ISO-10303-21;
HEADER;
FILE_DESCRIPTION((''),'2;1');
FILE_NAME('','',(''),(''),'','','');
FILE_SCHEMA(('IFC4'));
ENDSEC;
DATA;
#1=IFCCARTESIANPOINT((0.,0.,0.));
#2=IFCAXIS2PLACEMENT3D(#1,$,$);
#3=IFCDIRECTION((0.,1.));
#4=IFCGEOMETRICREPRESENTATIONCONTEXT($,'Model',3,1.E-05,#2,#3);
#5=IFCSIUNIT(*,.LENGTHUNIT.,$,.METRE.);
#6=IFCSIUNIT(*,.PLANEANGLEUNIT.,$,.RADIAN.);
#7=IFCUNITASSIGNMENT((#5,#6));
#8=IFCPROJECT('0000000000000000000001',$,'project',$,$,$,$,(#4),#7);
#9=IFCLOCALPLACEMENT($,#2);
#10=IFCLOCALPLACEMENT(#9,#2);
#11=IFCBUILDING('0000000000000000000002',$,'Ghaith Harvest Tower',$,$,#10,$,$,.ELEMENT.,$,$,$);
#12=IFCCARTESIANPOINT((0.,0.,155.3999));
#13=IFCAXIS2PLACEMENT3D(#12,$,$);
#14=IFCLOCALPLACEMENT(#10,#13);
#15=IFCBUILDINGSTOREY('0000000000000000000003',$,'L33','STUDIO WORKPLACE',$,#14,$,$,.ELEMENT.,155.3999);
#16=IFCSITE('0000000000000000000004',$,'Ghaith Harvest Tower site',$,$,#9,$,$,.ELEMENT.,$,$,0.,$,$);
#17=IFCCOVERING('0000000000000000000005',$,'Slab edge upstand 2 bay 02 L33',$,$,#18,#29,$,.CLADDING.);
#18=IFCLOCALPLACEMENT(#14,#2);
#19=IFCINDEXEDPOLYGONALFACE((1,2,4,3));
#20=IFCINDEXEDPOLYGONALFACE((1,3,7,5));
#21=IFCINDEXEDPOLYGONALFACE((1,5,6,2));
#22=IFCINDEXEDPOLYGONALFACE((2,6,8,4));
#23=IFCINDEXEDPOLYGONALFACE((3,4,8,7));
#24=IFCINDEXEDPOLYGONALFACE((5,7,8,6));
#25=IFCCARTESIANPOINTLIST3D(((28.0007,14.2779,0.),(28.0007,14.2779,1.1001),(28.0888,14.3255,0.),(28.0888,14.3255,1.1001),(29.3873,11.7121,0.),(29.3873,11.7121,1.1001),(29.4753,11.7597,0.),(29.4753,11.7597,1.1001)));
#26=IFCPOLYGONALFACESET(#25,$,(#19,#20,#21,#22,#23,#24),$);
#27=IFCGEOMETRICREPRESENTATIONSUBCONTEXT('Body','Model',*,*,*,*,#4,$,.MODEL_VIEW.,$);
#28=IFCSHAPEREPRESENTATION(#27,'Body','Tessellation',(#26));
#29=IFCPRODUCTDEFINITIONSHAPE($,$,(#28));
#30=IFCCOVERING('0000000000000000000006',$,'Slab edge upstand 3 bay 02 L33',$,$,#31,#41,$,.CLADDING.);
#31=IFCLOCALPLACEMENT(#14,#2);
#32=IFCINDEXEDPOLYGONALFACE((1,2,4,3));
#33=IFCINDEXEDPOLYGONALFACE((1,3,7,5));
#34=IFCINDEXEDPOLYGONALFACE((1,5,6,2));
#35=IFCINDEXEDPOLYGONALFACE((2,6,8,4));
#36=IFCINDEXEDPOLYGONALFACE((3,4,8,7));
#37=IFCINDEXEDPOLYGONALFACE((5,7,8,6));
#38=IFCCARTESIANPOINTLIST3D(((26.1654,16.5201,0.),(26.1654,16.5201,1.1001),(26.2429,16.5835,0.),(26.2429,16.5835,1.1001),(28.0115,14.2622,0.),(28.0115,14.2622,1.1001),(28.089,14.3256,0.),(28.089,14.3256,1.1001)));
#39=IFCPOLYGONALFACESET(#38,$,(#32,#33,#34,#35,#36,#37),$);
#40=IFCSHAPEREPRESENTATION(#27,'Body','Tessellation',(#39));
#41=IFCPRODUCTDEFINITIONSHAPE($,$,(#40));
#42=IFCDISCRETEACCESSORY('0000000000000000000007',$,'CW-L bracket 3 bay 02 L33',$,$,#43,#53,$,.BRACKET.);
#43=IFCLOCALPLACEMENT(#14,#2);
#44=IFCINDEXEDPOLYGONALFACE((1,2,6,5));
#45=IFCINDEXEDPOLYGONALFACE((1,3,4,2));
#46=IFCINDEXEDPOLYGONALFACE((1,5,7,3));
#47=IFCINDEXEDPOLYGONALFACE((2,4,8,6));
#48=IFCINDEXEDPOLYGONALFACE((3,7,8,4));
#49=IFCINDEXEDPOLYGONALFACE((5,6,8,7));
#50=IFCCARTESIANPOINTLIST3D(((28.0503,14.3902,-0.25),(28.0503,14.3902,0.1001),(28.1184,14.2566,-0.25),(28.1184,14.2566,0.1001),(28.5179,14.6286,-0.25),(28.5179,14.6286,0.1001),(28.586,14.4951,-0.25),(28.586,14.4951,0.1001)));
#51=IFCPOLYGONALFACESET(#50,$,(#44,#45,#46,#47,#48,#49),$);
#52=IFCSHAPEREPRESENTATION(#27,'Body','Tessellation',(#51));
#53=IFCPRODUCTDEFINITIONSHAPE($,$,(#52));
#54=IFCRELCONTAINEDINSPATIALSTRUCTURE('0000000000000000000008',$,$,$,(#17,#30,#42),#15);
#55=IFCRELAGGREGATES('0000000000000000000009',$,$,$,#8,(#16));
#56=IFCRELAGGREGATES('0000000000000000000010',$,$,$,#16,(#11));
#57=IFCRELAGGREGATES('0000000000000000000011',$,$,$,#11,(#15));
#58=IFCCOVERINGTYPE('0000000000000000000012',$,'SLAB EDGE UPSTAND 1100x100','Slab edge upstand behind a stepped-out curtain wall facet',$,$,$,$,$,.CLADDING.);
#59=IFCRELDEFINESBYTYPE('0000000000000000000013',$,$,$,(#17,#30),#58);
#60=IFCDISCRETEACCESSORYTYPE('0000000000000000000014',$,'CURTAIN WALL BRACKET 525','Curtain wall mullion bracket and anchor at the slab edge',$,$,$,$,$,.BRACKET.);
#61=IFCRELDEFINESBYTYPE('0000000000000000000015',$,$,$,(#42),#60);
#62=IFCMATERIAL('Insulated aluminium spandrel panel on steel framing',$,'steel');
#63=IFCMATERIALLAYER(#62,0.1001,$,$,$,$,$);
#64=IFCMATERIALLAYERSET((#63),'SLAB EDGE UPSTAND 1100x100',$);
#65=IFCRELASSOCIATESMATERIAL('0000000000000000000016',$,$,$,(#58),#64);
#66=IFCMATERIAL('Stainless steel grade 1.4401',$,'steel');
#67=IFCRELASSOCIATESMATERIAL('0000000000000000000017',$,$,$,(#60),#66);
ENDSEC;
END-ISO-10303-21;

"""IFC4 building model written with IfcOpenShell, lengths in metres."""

from ifc_helpers import new_model, si_unit, direction, frame, origin, origin_2d, place, context, subcontext, project, spatial, rectangle, extrude, material, layer, layer_set, type_object, element, save


model = new_model("IFC4")

# Units and contexts
model_context = context("Model", 3, precision=1e-05, world=origin(), true_north=direction((0.0, 1.0)))
body_context = subcontext(model_context, "Body", "Model", "MODEL_VIEW")
ifc_project = project(units=[si_unit("LENGTHUNIT", "METRE"), si_unit("PLANEANGLEUNIT", "RADIAN")], contexts=[model_context])

# Site, building, storey
site_placement = place(None, origin())
site = spatial("IfcSite", under=ifc_project, at=site_placement, Name="Ghaith Harvest Tower site", CompositionType="ELEMENT", RefElevation=0.0)
building_placement = place(site_placement, origin())
building = spatial("IfcBuilding", under=site, at=building_placement, Name="Ghaith Harvest Tower", CompositionType="ELEMENT")
storey_placement = place(building_placement, frame((0.0, 0.0, 155.3999)))
storey = spatial("IfcBuildingStorey", under=building, at=storey_placement, Name="L33", Description="STUDIO WORKPLACE", CompositionType="ELEMENT", Elevation=155.3999)

# Coverings
ifc_material_1 = material(Name="Insulated aluminium spandrel panel on steel framing", Category="steel")
ifc_layer_1 = layer(ifc_material_1, 0.1001)
ifc_layer_set_1 = layer_set([ifc_layer_1], Name="SLAB EDGE UPSTAND 1100x100")
covering_type = type_object("IfcCoveringType", Name="SLAB EDGE UPSTAND 1100x100", Description="Slab edge upstand behind a stepped-out curtain wall facet", PredefinedType="CLADDING", material=ifc_layer_set_1)
for number, where, z_axis, x_axis, name in (
    (1, (28.738, 13.0188, 0.0), (0.0, 0.0, 1.0), (-0.475409, 0.879765, 0.0), "Slab edge upstand 2 bay 02 L33"),
    (2, (27.1272, 15.4229, 0.0), (0.0, 0.0, 1.0), (-0.63297, 0.774177, 0.0), "Slab edge upstand 3 bay 02 L33"),
):
    element("IfcCovering", number, at=place(storey_placement, frame(where, z_axis=z_axis, x_axis=x_axis)), inside=storey, type_object=covering_type, Name=name, PredefinedType="CLADDING", context=body_context, shape_type="SweptSolid", body=[
        extrude(rectangle(XDim=2.9165, YDim=0.1001, at=origin_2d()), origin(), (0.0, 0.0, 1.0), 1.1001),
    ])

# Discrete accessory
ifc_material_2 = material(Name="Stainless steel grade 1.4401", Category="steel")
discrete_accessory_type = type_object("IfcDiscreteAccessoryType", Name="CURTAIN WALL BRACKET 525", Description="Curtain wall mullion bracket and anchor at the slab edge", PredefinedType="BRACKET", material=ifc_material_2)
discrete_accessory_placement = place(storey_placement, frame((28.3181, 14.4426, -0.25), z_axis=(0.0, 0.0, 1.0), x_axis=(0.890831, 0.454335, 0.0)))
element("IfcDiscreteAccessory", 3, at=discrete_accessory_placement, inside=storey, type_object=discrete_accessory_type, Name="CW-L bracket 3 bay 02 L33", PredefinedType="BRACKET", context=body_context, shape_type="SweptSolid", body=[
    extrude(rectangle(XDim=0.5249, YDim=0.1499, at=origin_2d()), origin(), (0.0, 0.0, 1.0), 0.3501),
])

save(model, "model.ifc")
